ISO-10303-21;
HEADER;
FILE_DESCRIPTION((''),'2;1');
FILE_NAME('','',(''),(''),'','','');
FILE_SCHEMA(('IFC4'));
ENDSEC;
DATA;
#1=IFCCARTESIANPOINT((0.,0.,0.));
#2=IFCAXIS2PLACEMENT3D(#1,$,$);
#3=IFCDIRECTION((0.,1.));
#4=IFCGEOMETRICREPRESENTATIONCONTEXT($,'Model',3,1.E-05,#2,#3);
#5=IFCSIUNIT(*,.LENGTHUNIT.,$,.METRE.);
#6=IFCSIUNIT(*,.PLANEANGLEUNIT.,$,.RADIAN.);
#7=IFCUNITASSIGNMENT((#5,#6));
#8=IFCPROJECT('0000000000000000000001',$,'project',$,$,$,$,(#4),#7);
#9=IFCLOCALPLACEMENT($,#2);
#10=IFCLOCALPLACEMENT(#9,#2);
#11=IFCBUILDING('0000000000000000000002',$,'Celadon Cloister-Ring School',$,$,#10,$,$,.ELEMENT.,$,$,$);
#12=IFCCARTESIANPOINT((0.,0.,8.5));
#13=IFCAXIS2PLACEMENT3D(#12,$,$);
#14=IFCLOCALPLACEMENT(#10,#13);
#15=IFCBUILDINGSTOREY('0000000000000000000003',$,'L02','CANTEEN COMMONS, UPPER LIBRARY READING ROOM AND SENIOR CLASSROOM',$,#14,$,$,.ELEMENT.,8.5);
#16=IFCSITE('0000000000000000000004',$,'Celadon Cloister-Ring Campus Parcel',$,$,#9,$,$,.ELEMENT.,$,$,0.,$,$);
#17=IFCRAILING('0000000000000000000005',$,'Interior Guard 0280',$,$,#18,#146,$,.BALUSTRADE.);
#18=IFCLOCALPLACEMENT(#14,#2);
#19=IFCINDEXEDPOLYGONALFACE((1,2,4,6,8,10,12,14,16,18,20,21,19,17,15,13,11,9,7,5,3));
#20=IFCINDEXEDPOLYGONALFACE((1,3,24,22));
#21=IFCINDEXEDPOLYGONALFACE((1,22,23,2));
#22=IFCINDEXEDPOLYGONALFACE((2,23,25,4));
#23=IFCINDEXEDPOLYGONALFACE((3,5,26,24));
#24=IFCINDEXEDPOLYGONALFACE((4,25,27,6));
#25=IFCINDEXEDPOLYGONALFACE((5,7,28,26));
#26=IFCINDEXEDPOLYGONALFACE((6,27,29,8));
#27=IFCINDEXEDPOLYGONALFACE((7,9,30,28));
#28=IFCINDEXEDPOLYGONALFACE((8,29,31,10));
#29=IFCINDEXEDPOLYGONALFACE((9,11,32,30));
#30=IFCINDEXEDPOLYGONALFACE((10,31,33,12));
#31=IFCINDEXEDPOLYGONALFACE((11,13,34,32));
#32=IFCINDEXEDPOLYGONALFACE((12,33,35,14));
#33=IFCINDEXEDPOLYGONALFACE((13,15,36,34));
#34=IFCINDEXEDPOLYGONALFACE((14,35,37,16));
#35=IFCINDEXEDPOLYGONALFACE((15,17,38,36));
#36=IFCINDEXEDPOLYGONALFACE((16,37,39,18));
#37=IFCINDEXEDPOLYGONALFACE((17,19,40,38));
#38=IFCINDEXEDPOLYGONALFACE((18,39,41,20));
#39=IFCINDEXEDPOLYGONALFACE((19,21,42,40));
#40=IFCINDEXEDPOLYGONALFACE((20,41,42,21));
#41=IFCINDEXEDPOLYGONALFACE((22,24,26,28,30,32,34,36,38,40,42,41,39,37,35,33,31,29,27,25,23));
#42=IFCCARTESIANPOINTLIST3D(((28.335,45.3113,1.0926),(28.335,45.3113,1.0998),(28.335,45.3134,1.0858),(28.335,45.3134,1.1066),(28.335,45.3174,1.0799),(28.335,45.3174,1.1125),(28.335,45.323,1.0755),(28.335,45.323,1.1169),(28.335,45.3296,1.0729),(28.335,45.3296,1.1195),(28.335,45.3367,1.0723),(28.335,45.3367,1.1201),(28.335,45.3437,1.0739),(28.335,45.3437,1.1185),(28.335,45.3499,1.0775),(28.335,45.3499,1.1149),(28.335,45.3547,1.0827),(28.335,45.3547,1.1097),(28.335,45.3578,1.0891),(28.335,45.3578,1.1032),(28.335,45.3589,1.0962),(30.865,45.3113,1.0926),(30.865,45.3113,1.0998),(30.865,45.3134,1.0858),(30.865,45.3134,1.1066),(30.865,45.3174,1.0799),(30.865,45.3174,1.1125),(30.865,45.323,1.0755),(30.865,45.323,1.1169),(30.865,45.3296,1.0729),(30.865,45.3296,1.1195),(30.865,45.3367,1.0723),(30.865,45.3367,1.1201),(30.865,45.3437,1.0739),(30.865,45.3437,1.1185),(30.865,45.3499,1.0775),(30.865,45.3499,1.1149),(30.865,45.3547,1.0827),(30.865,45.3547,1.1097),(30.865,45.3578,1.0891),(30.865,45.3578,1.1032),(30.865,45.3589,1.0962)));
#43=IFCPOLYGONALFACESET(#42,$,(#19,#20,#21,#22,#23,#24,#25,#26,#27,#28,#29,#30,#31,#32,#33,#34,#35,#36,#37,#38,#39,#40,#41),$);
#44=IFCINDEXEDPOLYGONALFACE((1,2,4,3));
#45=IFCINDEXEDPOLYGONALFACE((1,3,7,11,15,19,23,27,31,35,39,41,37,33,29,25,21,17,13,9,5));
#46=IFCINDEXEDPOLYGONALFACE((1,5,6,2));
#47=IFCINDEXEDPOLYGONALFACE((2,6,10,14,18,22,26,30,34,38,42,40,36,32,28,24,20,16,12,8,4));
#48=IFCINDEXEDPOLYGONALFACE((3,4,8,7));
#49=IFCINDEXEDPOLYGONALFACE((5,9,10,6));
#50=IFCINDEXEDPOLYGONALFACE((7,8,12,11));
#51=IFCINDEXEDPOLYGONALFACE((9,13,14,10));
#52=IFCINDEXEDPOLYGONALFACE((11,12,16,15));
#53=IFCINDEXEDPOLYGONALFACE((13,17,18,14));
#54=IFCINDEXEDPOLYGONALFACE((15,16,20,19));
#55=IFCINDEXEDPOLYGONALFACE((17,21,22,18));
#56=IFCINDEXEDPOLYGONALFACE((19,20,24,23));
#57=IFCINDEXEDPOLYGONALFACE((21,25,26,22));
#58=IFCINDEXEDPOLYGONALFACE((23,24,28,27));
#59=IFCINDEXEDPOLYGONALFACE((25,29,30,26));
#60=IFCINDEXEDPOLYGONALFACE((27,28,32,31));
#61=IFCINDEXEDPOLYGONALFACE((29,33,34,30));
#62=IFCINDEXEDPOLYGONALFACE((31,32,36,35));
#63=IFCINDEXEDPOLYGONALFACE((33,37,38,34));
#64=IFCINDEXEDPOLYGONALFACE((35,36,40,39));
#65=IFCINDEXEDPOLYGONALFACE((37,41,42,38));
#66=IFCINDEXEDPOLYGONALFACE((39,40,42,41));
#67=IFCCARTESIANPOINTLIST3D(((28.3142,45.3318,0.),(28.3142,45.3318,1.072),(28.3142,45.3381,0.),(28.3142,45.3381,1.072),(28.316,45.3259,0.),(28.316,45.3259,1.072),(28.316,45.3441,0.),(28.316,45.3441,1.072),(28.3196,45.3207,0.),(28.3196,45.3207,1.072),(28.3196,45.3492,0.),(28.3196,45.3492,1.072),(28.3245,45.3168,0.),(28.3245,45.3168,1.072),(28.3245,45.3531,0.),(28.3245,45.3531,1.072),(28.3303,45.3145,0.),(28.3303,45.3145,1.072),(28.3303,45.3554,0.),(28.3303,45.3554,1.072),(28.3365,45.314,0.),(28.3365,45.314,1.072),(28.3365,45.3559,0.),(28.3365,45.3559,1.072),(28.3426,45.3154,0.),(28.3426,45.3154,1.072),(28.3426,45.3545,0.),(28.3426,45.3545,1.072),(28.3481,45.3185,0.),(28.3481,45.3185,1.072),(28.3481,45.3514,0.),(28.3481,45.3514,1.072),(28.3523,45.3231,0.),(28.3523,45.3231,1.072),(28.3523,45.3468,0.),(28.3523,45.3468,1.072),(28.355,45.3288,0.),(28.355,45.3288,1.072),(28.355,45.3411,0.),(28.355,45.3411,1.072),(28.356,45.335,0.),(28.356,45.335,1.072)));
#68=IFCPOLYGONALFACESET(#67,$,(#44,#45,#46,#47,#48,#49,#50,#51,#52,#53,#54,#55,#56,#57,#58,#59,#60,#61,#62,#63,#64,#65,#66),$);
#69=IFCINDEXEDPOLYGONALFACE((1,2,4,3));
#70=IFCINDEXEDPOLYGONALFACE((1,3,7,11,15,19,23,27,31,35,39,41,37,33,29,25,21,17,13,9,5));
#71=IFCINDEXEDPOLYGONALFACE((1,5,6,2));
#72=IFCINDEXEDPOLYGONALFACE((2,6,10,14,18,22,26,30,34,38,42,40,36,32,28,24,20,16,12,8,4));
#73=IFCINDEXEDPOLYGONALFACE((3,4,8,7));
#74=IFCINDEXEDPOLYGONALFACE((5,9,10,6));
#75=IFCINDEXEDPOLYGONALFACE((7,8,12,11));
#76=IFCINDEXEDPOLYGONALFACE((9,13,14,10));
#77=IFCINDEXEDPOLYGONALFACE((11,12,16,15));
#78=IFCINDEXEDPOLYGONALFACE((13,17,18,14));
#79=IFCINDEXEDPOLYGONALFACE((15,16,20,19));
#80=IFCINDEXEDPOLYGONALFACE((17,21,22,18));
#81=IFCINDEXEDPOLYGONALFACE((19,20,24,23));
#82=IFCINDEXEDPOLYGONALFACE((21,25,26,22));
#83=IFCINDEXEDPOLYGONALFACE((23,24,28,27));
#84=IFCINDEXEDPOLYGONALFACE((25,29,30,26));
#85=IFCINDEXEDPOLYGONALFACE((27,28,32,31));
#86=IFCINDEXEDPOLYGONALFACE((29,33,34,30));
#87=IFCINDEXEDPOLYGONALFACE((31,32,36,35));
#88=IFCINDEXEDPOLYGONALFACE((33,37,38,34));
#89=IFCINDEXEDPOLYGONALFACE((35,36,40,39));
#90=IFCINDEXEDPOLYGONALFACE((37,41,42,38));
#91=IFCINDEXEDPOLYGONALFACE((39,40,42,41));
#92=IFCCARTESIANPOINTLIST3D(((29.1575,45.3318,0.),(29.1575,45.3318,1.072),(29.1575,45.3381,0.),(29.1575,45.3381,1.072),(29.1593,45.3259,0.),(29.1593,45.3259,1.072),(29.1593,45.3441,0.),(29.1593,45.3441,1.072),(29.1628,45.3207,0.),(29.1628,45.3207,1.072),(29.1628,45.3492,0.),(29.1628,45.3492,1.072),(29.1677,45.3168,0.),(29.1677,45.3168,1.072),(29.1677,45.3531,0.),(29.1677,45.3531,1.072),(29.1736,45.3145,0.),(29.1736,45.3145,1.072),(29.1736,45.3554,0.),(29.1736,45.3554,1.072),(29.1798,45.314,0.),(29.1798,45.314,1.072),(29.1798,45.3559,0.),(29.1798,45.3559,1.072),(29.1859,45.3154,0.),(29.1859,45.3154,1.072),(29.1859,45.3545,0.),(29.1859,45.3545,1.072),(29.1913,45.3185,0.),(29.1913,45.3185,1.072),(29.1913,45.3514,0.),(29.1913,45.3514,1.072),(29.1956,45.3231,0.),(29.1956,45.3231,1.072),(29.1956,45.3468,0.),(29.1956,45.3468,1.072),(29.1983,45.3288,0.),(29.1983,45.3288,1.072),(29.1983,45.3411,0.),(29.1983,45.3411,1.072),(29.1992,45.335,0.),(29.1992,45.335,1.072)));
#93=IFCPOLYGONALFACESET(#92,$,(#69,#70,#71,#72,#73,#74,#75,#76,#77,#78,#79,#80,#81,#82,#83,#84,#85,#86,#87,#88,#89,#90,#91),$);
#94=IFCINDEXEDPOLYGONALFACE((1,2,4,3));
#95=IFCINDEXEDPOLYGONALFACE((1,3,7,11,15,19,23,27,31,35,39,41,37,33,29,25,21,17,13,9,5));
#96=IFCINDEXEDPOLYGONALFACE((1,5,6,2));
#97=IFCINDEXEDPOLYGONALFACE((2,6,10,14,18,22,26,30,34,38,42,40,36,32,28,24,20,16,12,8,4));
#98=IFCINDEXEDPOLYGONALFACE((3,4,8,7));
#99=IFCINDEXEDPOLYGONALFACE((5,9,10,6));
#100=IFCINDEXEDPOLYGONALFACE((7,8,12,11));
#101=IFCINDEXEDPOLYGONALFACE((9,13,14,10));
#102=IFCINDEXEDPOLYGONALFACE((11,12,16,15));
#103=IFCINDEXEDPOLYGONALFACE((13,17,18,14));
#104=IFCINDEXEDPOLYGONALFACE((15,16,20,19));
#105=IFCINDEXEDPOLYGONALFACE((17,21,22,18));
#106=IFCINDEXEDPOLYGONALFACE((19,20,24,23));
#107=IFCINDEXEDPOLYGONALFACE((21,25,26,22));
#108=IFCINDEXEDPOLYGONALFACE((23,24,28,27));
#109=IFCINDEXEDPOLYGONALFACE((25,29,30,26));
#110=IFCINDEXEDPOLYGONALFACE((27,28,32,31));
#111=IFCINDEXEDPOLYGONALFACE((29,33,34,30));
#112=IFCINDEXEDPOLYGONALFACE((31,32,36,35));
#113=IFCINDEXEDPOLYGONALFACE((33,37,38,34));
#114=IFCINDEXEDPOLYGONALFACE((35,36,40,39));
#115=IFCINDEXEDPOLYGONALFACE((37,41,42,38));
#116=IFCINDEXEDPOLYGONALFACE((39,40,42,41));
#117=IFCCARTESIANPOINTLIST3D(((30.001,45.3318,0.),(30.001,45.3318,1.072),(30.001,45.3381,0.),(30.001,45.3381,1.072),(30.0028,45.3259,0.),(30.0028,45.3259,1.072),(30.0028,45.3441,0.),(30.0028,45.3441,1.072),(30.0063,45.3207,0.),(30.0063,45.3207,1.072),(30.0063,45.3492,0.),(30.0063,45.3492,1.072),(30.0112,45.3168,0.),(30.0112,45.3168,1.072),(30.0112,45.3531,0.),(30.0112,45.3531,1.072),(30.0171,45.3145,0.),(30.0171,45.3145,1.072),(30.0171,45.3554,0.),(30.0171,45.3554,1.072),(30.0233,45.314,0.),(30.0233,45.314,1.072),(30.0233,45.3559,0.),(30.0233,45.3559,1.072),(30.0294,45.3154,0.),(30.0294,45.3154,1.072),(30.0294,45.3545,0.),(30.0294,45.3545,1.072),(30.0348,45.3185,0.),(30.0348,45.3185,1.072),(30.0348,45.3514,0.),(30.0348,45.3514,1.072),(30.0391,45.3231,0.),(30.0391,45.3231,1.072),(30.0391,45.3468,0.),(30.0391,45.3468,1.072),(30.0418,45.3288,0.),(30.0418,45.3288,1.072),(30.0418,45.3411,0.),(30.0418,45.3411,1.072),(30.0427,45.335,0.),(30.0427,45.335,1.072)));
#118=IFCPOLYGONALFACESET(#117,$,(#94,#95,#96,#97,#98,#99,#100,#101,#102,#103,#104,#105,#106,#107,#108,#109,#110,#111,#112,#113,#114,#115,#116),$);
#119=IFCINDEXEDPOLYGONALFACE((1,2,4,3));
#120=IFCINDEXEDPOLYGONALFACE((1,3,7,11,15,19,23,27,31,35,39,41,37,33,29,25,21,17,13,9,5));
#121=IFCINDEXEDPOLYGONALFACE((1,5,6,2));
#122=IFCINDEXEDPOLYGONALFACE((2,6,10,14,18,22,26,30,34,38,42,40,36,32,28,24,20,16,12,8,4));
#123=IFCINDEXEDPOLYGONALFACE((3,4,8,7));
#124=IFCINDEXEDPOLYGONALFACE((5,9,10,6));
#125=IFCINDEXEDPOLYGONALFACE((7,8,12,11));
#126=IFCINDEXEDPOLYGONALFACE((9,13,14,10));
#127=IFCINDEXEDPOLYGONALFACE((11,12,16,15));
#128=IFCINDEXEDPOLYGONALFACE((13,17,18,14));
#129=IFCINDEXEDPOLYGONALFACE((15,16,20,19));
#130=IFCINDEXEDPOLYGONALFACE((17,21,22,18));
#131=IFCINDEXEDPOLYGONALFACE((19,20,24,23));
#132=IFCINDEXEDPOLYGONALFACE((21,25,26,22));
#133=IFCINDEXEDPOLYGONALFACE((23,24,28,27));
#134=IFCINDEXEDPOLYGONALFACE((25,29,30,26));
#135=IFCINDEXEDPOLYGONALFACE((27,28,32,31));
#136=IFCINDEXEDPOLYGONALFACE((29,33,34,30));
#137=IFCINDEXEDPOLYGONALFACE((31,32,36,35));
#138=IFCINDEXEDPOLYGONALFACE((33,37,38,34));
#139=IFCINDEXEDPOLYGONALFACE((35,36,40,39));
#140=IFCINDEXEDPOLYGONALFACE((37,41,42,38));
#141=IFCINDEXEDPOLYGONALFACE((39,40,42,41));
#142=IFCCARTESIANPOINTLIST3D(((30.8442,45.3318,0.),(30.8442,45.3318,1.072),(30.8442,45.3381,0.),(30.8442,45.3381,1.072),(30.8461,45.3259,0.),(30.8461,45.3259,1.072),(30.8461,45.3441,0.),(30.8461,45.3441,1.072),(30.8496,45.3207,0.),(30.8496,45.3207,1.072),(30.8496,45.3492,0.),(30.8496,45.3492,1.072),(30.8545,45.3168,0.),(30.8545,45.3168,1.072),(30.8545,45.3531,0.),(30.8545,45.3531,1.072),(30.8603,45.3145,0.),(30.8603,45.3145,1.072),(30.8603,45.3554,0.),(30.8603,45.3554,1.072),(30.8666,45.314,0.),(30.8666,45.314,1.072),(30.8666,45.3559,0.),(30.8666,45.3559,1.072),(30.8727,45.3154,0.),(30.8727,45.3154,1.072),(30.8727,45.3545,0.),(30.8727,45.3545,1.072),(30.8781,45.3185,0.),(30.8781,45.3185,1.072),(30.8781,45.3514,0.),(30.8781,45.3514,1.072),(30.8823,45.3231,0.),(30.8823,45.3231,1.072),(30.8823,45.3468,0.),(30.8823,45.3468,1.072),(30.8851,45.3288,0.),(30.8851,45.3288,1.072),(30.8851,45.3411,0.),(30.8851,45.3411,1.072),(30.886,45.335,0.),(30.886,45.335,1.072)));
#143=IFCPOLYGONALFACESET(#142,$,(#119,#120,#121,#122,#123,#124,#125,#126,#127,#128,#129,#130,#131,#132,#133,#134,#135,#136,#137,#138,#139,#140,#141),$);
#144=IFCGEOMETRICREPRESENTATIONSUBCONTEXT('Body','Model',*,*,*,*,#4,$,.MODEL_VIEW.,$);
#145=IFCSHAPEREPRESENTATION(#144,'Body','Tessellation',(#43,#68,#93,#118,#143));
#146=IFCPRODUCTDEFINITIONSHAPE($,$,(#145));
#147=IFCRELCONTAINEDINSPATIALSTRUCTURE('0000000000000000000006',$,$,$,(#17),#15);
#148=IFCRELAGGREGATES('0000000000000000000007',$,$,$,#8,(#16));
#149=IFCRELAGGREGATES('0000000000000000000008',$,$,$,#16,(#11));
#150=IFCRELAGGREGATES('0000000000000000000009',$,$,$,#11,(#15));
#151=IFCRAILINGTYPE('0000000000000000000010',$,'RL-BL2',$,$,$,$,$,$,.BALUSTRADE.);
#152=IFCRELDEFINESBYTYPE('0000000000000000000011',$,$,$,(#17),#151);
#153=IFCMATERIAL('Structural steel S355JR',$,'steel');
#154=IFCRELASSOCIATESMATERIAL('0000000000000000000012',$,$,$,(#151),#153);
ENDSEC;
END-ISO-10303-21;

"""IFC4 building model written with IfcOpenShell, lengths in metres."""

from ifc_helpers import new_model, si_unit, direction, frame, origin, origin_2d, place, context, subcontext, project, spatial, circle, extrude, material, type_object, element, save


model = new_model("IFC4")

# Units and contexts
model_context = context("Model", 3, precision=1e-05, world=origin(), true_north=direction((0.0, 1.0)))
body_context = subcontext(model_context, "Body", "Model", "MODEL_VIEW")
ifc_project = project(units=[si_unit("LENGTHUNIT", "METRE"), si_unit("PLANEANGLEUNIT", "RADIAN")], contexts=[model_context])

# Site, building, storey
site_placement = place(None, origin())
site = spatial("IfcSite", under=ifc_project, at=site_placement, Name="Celadon Cloister-Ring Campus Parcel", CompositionType="ELEMENT", RefElevation=0.0)
building_placement = place(site_placement, origin())
building = spatial("IfcBuilding", under=site, at=building_placement, Name="Celadon Cloister-Ring School", CompositionType="ELEMENT")
storey_placement = place(building_placement, frame((0.0, 0.0, 8.5)))
storey = spatial("IfcBuildingStorey", under=building, at=storey_placement, Name="L02", Description="CANTEEN COMMONS, UPPER LIBRARY READING ROOM AND SENIOR CLASSROOM", CompositionType="ELEMENT", Elevation=8.5)

# Railing
ifc_material_1 = material(Name="Structural steel S355JR", Category="steel")
railing_type_1 = type_object("IfcRailingType", Name="RL-BL2", PredefinedType="BALUSTRADE", material=ifc_material_1)
railing_1_placement = place(storey_placement, frame((28.335, 45.335, 0.0)))
element("IfcRailing", 1, at=railing_1_placement, inside=storey, type_object=railing_type_1, Name="Interior Guard 0280", PredefinedType="BALUSTRADE", context=body_context, shape_type="SweptSolid", body=[
    extrude(circle(Radius=0.0239, at=origin_2d()), frame((0.0, 0.0, 1.0962), z_axis=(1.0, 0.0, 0.0), x_axis=(0.0, 1.0, 0.0)), (0.0, 0.0, 1.0), 2.53),
    extrude(circle(Radius=0.021, at=origin_2d()), origin(), (0.0, 0.0, 1.0), 1.072),
    extrude(circle(Radius=0.021, at=origin_2d()), frame((0.8433, 0.0, 0.0)), (0.0, 0.0, 1.0), 1.072),
    extrude(circle(Radius=0.021, at=origin_2d()), frame((1.6868, 0.0, 0.0)), (0.0, 0.0, 1.0), 1.072),
    extrude(circle(Radius=0.021, at=origin_2d()), frame((2.53, 0.0, 0.0)), (0.0, 0.0, 1.0), 1.072),
])

save(model, "model.ifc")
